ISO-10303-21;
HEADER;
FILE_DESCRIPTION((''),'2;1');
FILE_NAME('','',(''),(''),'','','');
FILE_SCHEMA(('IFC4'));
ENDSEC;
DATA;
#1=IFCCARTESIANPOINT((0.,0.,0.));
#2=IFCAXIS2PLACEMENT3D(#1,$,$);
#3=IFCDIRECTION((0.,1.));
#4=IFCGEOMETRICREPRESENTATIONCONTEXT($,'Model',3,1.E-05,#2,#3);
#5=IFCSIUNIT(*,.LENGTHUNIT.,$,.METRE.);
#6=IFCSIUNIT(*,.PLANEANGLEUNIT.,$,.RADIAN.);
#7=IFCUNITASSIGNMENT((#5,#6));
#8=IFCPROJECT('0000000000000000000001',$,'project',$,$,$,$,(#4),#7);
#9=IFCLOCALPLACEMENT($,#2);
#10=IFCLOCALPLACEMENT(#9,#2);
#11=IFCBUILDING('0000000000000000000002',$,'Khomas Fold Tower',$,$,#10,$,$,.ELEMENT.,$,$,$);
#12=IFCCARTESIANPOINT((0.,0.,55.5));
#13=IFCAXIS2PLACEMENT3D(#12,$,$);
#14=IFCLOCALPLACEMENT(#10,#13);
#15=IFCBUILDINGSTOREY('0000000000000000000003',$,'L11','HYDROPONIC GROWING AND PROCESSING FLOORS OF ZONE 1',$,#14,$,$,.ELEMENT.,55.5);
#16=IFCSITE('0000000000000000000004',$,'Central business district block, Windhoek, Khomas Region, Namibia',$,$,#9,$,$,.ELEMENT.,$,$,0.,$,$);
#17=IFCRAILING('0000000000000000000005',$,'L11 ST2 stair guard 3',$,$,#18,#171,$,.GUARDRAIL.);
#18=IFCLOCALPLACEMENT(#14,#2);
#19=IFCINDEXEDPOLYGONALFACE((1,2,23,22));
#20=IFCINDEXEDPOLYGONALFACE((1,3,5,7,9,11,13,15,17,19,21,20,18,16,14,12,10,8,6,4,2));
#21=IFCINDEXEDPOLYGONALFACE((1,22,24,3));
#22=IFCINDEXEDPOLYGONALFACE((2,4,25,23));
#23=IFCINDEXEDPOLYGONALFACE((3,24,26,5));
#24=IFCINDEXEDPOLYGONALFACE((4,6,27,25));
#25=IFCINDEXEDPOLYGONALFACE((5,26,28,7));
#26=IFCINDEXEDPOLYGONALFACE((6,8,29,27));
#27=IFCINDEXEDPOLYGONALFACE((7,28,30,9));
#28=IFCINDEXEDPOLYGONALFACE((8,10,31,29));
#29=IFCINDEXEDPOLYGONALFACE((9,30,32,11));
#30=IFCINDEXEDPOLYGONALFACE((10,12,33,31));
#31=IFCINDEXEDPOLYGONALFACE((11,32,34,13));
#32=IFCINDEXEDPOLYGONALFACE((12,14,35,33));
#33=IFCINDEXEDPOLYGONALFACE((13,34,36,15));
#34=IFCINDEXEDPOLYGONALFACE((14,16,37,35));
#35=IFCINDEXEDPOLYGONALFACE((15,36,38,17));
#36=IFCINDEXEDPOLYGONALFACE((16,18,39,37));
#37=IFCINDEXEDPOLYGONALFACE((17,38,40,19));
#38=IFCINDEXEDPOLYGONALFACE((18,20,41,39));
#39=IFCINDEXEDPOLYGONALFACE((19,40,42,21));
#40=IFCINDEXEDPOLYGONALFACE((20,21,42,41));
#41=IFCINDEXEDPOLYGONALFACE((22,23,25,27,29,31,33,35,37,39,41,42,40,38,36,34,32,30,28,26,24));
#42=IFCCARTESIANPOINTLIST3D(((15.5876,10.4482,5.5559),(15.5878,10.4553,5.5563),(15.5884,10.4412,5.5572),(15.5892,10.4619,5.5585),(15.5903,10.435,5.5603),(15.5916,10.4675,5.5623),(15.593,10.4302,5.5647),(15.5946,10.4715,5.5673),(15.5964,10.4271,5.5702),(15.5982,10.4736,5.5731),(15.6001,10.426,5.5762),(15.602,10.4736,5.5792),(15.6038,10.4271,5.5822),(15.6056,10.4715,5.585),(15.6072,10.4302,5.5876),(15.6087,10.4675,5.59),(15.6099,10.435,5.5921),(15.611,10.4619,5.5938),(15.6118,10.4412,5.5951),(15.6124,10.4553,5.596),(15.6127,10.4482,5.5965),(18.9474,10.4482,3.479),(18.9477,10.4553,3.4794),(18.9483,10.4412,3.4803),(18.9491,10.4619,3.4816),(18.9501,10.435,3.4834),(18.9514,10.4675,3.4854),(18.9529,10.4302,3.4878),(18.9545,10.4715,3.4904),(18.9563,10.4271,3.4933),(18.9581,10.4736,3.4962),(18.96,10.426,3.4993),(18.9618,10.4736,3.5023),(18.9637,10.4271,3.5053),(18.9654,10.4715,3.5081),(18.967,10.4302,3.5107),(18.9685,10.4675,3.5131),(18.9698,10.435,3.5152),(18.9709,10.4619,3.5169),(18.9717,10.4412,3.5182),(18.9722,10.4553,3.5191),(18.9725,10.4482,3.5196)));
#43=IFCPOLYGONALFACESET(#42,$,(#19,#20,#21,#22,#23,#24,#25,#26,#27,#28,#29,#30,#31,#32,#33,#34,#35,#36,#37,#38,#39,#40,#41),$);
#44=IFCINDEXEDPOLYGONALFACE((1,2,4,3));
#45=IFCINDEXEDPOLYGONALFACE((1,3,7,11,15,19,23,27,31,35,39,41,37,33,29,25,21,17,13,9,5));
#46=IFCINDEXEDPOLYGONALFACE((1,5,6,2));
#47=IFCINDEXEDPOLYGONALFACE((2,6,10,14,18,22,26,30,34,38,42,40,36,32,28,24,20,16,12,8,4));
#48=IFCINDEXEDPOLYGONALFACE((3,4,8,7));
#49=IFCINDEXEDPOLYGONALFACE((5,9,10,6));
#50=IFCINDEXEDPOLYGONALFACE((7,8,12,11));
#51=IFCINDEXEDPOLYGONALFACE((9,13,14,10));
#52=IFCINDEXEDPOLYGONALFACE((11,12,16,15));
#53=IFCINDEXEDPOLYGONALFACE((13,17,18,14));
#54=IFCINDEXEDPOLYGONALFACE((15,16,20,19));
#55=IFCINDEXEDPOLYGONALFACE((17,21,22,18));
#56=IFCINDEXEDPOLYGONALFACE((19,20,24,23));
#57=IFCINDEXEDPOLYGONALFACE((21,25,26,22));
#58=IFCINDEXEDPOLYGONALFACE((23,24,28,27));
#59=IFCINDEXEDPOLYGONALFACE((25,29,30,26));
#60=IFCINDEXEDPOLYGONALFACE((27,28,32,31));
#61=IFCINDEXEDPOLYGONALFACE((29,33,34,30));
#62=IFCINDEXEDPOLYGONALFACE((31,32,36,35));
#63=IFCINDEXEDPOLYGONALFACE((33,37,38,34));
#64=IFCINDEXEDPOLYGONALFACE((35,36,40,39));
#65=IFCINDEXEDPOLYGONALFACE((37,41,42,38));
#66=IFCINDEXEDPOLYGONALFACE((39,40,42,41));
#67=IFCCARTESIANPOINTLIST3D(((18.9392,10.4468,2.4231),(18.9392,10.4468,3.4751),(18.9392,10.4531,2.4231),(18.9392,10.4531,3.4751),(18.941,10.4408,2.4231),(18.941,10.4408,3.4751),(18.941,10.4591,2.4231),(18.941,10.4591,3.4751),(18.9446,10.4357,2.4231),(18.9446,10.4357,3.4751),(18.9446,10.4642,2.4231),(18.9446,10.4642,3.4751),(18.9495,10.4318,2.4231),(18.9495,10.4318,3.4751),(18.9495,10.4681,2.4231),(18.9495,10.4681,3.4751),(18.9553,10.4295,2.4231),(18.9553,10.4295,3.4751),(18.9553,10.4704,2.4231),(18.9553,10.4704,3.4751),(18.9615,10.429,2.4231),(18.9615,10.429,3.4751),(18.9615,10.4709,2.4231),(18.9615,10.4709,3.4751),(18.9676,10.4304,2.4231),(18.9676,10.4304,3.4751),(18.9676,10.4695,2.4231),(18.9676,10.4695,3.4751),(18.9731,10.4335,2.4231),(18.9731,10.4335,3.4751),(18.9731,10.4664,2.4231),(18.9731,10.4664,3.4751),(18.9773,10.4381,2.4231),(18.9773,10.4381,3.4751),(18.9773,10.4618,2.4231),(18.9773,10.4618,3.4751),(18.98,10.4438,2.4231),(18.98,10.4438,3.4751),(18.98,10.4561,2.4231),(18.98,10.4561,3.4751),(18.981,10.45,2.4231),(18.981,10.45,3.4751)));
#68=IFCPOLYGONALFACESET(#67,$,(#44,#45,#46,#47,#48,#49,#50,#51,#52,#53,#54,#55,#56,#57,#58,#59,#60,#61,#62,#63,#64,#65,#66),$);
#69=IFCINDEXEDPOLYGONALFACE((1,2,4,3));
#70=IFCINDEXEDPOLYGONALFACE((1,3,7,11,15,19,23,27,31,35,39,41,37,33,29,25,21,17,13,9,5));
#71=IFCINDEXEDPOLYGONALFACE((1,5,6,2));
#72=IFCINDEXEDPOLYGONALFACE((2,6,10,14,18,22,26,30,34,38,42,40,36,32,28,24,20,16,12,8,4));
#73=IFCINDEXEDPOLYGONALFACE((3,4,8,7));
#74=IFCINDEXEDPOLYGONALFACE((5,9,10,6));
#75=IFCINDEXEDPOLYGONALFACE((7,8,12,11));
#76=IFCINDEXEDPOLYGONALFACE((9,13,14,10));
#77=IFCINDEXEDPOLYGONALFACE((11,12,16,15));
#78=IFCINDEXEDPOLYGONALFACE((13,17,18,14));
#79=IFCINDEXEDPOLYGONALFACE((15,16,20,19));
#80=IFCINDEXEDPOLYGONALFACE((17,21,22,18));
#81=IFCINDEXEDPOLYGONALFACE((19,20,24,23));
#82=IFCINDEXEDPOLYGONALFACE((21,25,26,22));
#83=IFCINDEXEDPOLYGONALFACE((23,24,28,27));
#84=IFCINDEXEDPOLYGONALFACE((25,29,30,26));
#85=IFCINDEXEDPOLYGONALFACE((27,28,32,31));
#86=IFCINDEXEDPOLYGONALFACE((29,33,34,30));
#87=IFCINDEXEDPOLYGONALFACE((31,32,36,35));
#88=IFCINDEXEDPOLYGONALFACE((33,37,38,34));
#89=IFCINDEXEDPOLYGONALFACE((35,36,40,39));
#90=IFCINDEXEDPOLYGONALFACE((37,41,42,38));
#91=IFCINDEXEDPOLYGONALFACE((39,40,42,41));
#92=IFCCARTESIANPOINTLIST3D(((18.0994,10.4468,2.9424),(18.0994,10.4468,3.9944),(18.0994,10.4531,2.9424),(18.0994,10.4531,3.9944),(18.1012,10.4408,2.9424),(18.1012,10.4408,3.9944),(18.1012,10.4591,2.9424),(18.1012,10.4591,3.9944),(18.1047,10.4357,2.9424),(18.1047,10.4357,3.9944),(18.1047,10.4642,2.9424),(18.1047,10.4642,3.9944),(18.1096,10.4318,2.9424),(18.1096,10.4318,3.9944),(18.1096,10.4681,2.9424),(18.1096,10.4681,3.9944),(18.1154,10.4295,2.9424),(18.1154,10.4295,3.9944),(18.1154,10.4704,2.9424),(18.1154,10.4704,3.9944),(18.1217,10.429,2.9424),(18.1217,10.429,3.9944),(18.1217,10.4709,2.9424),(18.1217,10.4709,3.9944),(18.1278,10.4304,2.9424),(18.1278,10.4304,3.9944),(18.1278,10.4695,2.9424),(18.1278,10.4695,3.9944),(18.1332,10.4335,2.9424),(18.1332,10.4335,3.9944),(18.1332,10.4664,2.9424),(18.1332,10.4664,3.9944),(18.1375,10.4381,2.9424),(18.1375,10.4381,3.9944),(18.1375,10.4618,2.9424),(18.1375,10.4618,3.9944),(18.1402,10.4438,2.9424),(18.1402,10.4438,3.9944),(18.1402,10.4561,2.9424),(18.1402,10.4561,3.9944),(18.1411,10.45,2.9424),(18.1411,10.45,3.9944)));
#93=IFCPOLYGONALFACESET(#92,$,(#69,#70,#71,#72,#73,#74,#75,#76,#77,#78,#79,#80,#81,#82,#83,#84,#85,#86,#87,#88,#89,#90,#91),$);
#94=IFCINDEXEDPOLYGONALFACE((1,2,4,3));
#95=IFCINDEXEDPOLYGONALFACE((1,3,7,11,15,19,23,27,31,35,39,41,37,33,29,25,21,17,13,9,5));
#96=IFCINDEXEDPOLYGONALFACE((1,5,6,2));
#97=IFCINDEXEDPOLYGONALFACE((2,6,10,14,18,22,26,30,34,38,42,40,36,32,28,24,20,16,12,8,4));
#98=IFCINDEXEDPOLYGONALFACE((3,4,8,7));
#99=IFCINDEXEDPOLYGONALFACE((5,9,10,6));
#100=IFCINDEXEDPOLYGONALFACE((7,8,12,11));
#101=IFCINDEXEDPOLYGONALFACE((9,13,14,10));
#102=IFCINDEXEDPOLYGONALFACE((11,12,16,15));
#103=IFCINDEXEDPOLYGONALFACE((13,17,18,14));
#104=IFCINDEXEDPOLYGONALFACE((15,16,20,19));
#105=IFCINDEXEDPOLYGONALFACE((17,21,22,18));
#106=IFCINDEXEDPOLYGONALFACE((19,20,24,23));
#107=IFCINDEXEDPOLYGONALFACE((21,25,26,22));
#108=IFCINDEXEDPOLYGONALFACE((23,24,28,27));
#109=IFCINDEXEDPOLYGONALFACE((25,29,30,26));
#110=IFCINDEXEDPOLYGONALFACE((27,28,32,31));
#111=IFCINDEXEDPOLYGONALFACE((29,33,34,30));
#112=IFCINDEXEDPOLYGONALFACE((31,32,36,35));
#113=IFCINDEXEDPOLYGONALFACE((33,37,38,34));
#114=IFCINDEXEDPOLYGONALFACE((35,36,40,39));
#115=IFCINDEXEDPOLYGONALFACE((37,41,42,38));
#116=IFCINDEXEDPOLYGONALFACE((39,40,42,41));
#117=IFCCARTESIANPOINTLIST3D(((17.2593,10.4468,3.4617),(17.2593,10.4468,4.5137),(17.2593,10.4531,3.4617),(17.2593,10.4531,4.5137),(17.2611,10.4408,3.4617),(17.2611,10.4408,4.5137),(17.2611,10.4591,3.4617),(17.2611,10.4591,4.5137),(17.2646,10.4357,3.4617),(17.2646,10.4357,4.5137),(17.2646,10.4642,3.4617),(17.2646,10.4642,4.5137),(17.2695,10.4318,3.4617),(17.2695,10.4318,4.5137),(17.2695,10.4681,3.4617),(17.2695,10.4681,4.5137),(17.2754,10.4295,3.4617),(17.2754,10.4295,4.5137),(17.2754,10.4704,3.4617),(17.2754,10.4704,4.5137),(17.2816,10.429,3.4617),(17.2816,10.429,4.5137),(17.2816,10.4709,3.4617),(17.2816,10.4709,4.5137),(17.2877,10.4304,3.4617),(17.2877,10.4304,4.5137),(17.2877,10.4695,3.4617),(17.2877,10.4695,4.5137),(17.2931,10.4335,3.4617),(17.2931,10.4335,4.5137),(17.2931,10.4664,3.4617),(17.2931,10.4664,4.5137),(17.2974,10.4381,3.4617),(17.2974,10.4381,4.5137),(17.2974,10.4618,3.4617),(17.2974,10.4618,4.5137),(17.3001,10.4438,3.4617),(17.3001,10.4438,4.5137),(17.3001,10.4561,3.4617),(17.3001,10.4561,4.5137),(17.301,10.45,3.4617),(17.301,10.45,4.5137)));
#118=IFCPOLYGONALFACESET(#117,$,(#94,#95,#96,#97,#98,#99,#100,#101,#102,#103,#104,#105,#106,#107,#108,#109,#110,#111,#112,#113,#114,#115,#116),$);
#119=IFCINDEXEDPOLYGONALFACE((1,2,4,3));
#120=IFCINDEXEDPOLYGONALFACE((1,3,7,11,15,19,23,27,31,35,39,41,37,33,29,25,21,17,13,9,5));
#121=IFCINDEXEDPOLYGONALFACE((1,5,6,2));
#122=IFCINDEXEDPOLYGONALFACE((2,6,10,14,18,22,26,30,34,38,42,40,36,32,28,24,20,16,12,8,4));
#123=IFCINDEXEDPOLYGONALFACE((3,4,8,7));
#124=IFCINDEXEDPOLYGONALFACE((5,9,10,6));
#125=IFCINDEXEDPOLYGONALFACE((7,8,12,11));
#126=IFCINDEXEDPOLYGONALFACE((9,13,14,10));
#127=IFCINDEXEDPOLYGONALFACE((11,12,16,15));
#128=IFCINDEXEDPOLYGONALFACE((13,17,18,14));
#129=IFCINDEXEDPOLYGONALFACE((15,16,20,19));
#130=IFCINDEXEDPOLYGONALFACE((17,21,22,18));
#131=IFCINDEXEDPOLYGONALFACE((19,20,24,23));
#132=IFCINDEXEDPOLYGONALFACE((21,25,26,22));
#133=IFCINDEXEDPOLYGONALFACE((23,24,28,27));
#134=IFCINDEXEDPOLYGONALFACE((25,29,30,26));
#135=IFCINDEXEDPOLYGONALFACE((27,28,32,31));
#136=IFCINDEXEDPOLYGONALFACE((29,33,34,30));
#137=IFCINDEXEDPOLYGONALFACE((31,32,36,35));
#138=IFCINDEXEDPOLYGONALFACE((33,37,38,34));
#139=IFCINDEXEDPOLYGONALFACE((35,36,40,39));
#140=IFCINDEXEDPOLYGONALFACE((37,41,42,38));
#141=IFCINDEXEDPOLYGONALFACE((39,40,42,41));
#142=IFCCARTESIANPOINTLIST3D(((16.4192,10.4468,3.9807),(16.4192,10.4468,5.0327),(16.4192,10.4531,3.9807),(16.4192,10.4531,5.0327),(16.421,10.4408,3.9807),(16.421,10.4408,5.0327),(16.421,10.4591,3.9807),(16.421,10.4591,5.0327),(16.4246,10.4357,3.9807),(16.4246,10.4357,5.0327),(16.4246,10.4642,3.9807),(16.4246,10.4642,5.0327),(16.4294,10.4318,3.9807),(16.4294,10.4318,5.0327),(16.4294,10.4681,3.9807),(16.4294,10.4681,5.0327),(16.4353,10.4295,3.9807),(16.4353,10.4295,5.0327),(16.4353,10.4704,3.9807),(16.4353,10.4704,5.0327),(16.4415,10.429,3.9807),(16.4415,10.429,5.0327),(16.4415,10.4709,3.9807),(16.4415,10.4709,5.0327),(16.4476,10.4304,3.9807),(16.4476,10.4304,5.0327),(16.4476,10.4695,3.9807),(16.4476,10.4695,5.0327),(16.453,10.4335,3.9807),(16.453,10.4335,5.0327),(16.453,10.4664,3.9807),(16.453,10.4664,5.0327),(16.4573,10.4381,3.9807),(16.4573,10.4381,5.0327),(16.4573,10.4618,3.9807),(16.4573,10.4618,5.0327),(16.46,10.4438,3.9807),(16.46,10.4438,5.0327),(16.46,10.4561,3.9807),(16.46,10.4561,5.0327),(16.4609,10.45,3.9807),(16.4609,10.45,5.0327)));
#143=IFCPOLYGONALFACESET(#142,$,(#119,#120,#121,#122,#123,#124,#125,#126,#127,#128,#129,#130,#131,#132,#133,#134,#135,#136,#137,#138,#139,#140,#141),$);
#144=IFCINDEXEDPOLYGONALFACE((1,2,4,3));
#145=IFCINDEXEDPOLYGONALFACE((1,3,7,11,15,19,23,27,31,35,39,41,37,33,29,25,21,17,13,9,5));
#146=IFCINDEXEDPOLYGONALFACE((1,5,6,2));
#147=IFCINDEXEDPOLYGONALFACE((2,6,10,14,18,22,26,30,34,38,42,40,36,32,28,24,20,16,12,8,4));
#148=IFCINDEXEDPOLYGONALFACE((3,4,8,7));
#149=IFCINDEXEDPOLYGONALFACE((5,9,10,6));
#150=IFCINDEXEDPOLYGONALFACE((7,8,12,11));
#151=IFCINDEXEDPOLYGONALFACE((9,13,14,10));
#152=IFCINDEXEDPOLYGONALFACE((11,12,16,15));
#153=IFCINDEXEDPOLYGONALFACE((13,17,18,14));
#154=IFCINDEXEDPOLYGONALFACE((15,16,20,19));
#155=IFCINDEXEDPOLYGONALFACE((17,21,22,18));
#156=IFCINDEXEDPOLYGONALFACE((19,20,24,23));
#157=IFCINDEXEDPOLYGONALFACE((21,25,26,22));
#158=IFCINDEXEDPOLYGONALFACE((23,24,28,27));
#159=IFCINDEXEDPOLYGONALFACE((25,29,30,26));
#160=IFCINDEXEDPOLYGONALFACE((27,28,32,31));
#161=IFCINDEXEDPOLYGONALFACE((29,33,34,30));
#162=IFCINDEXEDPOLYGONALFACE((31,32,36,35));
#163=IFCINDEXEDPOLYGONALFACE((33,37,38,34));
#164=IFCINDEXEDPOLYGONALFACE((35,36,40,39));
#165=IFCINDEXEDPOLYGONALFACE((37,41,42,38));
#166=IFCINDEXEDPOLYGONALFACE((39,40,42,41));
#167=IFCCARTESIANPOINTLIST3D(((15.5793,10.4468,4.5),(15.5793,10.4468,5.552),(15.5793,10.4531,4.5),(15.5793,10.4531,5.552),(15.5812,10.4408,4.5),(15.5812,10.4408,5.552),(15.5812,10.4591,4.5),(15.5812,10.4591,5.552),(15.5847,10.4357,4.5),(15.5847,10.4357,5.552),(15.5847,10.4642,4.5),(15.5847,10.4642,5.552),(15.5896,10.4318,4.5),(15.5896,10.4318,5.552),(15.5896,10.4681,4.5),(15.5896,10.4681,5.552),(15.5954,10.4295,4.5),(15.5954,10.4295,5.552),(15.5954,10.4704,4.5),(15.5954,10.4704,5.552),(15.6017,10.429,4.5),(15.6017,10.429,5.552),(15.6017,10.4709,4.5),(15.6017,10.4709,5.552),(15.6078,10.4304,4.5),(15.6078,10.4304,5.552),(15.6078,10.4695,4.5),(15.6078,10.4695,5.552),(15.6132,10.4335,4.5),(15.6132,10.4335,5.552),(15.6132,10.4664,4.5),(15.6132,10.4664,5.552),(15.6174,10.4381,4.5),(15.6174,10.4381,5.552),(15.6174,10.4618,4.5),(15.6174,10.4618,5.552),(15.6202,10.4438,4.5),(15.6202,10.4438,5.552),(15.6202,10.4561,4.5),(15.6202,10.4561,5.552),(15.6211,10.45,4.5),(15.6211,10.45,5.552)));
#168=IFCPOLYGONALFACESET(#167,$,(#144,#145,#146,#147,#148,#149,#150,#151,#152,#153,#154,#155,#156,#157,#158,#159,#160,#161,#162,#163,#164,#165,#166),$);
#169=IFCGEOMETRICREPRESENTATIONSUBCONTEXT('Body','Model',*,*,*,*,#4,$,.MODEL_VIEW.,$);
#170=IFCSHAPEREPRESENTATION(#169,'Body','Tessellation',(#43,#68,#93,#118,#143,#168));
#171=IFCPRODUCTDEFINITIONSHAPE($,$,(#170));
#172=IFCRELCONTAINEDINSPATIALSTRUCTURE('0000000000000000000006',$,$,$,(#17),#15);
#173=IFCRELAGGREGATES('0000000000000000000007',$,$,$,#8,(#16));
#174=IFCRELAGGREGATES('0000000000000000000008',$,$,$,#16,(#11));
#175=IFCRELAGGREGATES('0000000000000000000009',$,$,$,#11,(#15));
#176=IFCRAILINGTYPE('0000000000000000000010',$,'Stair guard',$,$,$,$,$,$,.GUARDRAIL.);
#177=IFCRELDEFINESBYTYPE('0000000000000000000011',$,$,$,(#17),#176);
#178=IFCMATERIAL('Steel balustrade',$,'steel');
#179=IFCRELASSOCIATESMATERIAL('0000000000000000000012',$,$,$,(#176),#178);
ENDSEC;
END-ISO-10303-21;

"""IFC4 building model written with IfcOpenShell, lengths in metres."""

from ifc_helpers import new_model, si_unit, direction, frame, origin, origin_2d, place, context, subcontext, project, spatial, circle, extrude, source, transform, mapped, material, type_object, element, save


model = new_model("IFC4")

# Units and contexts
model_context = context("Model", 3, precision=1e-05, world=origin(), true_north=direction((0.0, 1.0)))
body_context = subcontext(model_context, "Body", "Model", "MODEL_VIEW")
ifc_project = project(units=[si_unit("LENGTHUNIT", "METRE"), si_unit("PLANEANGLEUNIT", "RADIAN")], contexts=[model_context])

# Site, building, storey
site_placement = place(None, origin())
site = spatial("IfcSite", under=ifc_project, at=site_placement, Name="Central business district block, Windhoek, Khomas Region, Namibia", CompositionType="ELEMENT", RefElevation=0.0)
building_placement = place(site_placement, origin())
building = spatial("IfcBuilding", under=site, at=building_placement, Name="Khomas Fold Tower", CompositionType="ELEMENT")
storey_placement = place(building_placement, frame((0.0, 0.0, 55.5)))
storey = spatial("IfcBuildingStorey", under=building, at=storey_placement, Name="L11", Description="HYDROPONIC GROWING AND PROCESSING FLOORS OF ZONE 1", CompositionType="ELEMENT", Elevation=55.5)

# Railing
ifc_material_1 = material(Name="Steel balustrade", Category="steel")
railing_type_1 = type_object("IfcRailingType", Name="Stair guard", PredefinedType="GUARDRAIL", material=ifc_material_1)
shared_shape_1 = source(origin(), body_context, "Body", "SweptSolid", [
    extrude(circle(Radius=0.0239, at=origin_2d()), frame((0.0, 0.0, 1.0762), z_axis=(-0.850606, 0.0, 0.525803), x_axis=(0.0, -1.0, 0.0)), (0.0, 0.0, 1.0), 3.95),
    extrude(circle(Radius=0.021, at=origin_2d()), origin(), (0.0, 0.0, 1.0), 1.052),
    extrude(circle(Radius=0.021, at=origin_2d()), frame((-0.8398, 0.0, 0.5193)), (0.0, 0.0, 1.0), 1.052),
    extrude(circle(Radius=0.021, at=origin_2d()), frame((-1.6799, 0.0, 1.0386)), (0.0, 0.0, 1.0), 1.052),
    extrude(circle(Radius=0.021, at=origin_2d()), frame((-2.52, 0.0, 1.5576)), (0.0, 0.0, 1.0), 1.052),
    extrude(circle(Radius=0.021, at=origin_2d()), frame((-3.3599, 0.0, 2.0769)), (0.0, 0.0, 1.0), 1.052),
])
railing_1_placement = place(storey_placement, frame((18.96, 10.45, 2.4231)))
element("IfcRailing", 1, at=railing_1_placement, inside=storey, type_object=railing_type_1, Name="L11 ST2 stair guard 3", PredefinedType="GUARDRAIL", context=body_context, shape_type="MappedRepresentation", body=[
    mapped(shared_shape_1, transform((0.0, 0.0, 0.0))),
])

save(model, "model.ifc")
